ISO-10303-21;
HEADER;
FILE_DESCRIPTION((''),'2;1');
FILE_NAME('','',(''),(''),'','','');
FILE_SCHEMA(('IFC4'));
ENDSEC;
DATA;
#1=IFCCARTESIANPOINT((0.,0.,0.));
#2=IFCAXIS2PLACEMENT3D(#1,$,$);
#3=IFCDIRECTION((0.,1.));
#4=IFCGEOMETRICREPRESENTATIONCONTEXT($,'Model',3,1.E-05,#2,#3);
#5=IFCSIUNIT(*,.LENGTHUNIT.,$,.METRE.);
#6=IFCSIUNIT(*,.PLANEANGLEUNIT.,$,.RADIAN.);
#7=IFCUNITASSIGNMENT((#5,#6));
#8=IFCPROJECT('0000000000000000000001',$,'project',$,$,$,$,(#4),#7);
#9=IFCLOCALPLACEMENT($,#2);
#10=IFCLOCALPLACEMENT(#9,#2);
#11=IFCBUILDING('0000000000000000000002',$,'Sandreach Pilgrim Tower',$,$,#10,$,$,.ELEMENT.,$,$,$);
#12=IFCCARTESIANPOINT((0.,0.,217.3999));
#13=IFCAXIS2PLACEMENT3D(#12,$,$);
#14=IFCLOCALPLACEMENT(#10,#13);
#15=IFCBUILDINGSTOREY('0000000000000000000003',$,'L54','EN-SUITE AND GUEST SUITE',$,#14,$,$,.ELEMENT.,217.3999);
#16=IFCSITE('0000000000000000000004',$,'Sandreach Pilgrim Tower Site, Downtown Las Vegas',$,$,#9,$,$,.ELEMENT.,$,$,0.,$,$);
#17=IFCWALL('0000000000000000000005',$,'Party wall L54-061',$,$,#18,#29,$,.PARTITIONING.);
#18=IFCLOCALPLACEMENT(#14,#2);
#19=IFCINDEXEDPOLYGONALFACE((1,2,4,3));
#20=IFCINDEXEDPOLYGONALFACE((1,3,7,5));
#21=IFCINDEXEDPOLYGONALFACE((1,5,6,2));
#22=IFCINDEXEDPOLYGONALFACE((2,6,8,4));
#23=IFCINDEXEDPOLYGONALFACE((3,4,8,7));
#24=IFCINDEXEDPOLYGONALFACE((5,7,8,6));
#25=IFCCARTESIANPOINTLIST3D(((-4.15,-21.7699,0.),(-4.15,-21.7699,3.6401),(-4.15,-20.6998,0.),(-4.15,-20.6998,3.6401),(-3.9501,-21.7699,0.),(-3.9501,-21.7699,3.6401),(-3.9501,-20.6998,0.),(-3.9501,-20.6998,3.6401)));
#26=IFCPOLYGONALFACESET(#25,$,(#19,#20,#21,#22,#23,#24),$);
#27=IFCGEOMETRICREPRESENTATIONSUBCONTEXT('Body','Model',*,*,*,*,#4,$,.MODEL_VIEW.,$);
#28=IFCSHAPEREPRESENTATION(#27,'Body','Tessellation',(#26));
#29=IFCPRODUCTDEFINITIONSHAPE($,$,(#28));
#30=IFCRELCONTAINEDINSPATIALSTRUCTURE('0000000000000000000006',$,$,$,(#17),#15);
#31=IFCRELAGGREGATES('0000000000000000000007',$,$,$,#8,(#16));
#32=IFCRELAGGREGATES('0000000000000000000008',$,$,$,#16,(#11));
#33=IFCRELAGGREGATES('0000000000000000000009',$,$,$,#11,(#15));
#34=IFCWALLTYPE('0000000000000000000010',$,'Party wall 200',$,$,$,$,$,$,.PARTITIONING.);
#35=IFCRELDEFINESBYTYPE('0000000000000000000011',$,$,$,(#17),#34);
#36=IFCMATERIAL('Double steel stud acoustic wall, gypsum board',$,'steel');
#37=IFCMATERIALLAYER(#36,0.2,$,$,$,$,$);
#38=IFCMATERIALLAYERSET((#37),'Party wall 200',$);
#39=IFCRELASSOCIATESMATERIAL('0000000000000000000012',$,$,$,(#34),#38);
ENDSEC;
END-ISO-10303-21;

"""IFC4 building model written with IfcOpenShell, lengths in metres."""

from ifc_helpers import new_model, si_unit, direction, frame, frame_2d, origin, place, context, subcontext, project, spatial, rectangle, extrude, material, layer, layer_set, type_object, element, save


model = new_model("IFC4")

# Units and contexts
model_context = context("Model", 3, precision=1e-05, world=origin(), true_north=direction((0.0, 1.0)))
body_context = subcontext(model_context, "Body", "Model", "MODEL_VIEW")
ifc_project = project(units=[si_unit("LENGTHUNIT", "METRE"), si_unit("PLANEANGLEUNIT", "RADIAN")], contexts=[model_context])

# Site, building, storey
site_placement = place(None, origin())
site = spatial("IfcSite", under=ifc_project, at=site_placement, Name="Sandreach Pilgrim Tower Site, Downtown Las Vegas", CompositionType="ELEMENT", RefElevation=0.0)
building_placement = place(site_placement, origin())
building = spatial("IfcBuilding", under=site, at=building_placement, Name="Sandreach Pilgrim Tower", CompositionType="ELEMENT")
storey_placement = place(building_placement, frame((0.0, 0.0, 217.3999)))
storey = spatial("IfcBuildingStorey", under=building, at=storey_placement, Name="L54", Description="EN-SUITE AND GUEST SUITE", CompositionType="ELEMENT", Elevation=217.3999)

# Wall
ifc_material_1 = material(Name="Double steel stud acoustic wall, gypsum board", Category="steel")
ifc_layer_1 = layer(ifc_material_1, 0.2)
ifc_layer_set_1 = layer_set([ifc_layer_1], Name="Party wall 200")
wall_type_1 = type_object("IfcWallType", Name="Party wall 200", PredefinedType="PARTITIONING", material=ifc_layer_set_1)
wall_1_placement = place(storey_placement, frame((-4.05, -21.77, 0.0), z_axis=(0.0, 0.0, 1.0), x_axis=(0.0, 1.0, 0.0)))
element("IfcWall", 1, at=wall_1_placement, inside=storey, type_object=wall_type_1, Name="Party wall L54-061", PredefinedType="PARTITIONING", context=body_context, shape_type="SweptSolid", body=[
    extrude(rectangle(XDim=1.0701, YDim=0.2, at=frame_2d((0.5352, 0.0))), origin(), (0.0, 0.0, 1.0), 3.6401),
])

save(model, "model.ifc")
